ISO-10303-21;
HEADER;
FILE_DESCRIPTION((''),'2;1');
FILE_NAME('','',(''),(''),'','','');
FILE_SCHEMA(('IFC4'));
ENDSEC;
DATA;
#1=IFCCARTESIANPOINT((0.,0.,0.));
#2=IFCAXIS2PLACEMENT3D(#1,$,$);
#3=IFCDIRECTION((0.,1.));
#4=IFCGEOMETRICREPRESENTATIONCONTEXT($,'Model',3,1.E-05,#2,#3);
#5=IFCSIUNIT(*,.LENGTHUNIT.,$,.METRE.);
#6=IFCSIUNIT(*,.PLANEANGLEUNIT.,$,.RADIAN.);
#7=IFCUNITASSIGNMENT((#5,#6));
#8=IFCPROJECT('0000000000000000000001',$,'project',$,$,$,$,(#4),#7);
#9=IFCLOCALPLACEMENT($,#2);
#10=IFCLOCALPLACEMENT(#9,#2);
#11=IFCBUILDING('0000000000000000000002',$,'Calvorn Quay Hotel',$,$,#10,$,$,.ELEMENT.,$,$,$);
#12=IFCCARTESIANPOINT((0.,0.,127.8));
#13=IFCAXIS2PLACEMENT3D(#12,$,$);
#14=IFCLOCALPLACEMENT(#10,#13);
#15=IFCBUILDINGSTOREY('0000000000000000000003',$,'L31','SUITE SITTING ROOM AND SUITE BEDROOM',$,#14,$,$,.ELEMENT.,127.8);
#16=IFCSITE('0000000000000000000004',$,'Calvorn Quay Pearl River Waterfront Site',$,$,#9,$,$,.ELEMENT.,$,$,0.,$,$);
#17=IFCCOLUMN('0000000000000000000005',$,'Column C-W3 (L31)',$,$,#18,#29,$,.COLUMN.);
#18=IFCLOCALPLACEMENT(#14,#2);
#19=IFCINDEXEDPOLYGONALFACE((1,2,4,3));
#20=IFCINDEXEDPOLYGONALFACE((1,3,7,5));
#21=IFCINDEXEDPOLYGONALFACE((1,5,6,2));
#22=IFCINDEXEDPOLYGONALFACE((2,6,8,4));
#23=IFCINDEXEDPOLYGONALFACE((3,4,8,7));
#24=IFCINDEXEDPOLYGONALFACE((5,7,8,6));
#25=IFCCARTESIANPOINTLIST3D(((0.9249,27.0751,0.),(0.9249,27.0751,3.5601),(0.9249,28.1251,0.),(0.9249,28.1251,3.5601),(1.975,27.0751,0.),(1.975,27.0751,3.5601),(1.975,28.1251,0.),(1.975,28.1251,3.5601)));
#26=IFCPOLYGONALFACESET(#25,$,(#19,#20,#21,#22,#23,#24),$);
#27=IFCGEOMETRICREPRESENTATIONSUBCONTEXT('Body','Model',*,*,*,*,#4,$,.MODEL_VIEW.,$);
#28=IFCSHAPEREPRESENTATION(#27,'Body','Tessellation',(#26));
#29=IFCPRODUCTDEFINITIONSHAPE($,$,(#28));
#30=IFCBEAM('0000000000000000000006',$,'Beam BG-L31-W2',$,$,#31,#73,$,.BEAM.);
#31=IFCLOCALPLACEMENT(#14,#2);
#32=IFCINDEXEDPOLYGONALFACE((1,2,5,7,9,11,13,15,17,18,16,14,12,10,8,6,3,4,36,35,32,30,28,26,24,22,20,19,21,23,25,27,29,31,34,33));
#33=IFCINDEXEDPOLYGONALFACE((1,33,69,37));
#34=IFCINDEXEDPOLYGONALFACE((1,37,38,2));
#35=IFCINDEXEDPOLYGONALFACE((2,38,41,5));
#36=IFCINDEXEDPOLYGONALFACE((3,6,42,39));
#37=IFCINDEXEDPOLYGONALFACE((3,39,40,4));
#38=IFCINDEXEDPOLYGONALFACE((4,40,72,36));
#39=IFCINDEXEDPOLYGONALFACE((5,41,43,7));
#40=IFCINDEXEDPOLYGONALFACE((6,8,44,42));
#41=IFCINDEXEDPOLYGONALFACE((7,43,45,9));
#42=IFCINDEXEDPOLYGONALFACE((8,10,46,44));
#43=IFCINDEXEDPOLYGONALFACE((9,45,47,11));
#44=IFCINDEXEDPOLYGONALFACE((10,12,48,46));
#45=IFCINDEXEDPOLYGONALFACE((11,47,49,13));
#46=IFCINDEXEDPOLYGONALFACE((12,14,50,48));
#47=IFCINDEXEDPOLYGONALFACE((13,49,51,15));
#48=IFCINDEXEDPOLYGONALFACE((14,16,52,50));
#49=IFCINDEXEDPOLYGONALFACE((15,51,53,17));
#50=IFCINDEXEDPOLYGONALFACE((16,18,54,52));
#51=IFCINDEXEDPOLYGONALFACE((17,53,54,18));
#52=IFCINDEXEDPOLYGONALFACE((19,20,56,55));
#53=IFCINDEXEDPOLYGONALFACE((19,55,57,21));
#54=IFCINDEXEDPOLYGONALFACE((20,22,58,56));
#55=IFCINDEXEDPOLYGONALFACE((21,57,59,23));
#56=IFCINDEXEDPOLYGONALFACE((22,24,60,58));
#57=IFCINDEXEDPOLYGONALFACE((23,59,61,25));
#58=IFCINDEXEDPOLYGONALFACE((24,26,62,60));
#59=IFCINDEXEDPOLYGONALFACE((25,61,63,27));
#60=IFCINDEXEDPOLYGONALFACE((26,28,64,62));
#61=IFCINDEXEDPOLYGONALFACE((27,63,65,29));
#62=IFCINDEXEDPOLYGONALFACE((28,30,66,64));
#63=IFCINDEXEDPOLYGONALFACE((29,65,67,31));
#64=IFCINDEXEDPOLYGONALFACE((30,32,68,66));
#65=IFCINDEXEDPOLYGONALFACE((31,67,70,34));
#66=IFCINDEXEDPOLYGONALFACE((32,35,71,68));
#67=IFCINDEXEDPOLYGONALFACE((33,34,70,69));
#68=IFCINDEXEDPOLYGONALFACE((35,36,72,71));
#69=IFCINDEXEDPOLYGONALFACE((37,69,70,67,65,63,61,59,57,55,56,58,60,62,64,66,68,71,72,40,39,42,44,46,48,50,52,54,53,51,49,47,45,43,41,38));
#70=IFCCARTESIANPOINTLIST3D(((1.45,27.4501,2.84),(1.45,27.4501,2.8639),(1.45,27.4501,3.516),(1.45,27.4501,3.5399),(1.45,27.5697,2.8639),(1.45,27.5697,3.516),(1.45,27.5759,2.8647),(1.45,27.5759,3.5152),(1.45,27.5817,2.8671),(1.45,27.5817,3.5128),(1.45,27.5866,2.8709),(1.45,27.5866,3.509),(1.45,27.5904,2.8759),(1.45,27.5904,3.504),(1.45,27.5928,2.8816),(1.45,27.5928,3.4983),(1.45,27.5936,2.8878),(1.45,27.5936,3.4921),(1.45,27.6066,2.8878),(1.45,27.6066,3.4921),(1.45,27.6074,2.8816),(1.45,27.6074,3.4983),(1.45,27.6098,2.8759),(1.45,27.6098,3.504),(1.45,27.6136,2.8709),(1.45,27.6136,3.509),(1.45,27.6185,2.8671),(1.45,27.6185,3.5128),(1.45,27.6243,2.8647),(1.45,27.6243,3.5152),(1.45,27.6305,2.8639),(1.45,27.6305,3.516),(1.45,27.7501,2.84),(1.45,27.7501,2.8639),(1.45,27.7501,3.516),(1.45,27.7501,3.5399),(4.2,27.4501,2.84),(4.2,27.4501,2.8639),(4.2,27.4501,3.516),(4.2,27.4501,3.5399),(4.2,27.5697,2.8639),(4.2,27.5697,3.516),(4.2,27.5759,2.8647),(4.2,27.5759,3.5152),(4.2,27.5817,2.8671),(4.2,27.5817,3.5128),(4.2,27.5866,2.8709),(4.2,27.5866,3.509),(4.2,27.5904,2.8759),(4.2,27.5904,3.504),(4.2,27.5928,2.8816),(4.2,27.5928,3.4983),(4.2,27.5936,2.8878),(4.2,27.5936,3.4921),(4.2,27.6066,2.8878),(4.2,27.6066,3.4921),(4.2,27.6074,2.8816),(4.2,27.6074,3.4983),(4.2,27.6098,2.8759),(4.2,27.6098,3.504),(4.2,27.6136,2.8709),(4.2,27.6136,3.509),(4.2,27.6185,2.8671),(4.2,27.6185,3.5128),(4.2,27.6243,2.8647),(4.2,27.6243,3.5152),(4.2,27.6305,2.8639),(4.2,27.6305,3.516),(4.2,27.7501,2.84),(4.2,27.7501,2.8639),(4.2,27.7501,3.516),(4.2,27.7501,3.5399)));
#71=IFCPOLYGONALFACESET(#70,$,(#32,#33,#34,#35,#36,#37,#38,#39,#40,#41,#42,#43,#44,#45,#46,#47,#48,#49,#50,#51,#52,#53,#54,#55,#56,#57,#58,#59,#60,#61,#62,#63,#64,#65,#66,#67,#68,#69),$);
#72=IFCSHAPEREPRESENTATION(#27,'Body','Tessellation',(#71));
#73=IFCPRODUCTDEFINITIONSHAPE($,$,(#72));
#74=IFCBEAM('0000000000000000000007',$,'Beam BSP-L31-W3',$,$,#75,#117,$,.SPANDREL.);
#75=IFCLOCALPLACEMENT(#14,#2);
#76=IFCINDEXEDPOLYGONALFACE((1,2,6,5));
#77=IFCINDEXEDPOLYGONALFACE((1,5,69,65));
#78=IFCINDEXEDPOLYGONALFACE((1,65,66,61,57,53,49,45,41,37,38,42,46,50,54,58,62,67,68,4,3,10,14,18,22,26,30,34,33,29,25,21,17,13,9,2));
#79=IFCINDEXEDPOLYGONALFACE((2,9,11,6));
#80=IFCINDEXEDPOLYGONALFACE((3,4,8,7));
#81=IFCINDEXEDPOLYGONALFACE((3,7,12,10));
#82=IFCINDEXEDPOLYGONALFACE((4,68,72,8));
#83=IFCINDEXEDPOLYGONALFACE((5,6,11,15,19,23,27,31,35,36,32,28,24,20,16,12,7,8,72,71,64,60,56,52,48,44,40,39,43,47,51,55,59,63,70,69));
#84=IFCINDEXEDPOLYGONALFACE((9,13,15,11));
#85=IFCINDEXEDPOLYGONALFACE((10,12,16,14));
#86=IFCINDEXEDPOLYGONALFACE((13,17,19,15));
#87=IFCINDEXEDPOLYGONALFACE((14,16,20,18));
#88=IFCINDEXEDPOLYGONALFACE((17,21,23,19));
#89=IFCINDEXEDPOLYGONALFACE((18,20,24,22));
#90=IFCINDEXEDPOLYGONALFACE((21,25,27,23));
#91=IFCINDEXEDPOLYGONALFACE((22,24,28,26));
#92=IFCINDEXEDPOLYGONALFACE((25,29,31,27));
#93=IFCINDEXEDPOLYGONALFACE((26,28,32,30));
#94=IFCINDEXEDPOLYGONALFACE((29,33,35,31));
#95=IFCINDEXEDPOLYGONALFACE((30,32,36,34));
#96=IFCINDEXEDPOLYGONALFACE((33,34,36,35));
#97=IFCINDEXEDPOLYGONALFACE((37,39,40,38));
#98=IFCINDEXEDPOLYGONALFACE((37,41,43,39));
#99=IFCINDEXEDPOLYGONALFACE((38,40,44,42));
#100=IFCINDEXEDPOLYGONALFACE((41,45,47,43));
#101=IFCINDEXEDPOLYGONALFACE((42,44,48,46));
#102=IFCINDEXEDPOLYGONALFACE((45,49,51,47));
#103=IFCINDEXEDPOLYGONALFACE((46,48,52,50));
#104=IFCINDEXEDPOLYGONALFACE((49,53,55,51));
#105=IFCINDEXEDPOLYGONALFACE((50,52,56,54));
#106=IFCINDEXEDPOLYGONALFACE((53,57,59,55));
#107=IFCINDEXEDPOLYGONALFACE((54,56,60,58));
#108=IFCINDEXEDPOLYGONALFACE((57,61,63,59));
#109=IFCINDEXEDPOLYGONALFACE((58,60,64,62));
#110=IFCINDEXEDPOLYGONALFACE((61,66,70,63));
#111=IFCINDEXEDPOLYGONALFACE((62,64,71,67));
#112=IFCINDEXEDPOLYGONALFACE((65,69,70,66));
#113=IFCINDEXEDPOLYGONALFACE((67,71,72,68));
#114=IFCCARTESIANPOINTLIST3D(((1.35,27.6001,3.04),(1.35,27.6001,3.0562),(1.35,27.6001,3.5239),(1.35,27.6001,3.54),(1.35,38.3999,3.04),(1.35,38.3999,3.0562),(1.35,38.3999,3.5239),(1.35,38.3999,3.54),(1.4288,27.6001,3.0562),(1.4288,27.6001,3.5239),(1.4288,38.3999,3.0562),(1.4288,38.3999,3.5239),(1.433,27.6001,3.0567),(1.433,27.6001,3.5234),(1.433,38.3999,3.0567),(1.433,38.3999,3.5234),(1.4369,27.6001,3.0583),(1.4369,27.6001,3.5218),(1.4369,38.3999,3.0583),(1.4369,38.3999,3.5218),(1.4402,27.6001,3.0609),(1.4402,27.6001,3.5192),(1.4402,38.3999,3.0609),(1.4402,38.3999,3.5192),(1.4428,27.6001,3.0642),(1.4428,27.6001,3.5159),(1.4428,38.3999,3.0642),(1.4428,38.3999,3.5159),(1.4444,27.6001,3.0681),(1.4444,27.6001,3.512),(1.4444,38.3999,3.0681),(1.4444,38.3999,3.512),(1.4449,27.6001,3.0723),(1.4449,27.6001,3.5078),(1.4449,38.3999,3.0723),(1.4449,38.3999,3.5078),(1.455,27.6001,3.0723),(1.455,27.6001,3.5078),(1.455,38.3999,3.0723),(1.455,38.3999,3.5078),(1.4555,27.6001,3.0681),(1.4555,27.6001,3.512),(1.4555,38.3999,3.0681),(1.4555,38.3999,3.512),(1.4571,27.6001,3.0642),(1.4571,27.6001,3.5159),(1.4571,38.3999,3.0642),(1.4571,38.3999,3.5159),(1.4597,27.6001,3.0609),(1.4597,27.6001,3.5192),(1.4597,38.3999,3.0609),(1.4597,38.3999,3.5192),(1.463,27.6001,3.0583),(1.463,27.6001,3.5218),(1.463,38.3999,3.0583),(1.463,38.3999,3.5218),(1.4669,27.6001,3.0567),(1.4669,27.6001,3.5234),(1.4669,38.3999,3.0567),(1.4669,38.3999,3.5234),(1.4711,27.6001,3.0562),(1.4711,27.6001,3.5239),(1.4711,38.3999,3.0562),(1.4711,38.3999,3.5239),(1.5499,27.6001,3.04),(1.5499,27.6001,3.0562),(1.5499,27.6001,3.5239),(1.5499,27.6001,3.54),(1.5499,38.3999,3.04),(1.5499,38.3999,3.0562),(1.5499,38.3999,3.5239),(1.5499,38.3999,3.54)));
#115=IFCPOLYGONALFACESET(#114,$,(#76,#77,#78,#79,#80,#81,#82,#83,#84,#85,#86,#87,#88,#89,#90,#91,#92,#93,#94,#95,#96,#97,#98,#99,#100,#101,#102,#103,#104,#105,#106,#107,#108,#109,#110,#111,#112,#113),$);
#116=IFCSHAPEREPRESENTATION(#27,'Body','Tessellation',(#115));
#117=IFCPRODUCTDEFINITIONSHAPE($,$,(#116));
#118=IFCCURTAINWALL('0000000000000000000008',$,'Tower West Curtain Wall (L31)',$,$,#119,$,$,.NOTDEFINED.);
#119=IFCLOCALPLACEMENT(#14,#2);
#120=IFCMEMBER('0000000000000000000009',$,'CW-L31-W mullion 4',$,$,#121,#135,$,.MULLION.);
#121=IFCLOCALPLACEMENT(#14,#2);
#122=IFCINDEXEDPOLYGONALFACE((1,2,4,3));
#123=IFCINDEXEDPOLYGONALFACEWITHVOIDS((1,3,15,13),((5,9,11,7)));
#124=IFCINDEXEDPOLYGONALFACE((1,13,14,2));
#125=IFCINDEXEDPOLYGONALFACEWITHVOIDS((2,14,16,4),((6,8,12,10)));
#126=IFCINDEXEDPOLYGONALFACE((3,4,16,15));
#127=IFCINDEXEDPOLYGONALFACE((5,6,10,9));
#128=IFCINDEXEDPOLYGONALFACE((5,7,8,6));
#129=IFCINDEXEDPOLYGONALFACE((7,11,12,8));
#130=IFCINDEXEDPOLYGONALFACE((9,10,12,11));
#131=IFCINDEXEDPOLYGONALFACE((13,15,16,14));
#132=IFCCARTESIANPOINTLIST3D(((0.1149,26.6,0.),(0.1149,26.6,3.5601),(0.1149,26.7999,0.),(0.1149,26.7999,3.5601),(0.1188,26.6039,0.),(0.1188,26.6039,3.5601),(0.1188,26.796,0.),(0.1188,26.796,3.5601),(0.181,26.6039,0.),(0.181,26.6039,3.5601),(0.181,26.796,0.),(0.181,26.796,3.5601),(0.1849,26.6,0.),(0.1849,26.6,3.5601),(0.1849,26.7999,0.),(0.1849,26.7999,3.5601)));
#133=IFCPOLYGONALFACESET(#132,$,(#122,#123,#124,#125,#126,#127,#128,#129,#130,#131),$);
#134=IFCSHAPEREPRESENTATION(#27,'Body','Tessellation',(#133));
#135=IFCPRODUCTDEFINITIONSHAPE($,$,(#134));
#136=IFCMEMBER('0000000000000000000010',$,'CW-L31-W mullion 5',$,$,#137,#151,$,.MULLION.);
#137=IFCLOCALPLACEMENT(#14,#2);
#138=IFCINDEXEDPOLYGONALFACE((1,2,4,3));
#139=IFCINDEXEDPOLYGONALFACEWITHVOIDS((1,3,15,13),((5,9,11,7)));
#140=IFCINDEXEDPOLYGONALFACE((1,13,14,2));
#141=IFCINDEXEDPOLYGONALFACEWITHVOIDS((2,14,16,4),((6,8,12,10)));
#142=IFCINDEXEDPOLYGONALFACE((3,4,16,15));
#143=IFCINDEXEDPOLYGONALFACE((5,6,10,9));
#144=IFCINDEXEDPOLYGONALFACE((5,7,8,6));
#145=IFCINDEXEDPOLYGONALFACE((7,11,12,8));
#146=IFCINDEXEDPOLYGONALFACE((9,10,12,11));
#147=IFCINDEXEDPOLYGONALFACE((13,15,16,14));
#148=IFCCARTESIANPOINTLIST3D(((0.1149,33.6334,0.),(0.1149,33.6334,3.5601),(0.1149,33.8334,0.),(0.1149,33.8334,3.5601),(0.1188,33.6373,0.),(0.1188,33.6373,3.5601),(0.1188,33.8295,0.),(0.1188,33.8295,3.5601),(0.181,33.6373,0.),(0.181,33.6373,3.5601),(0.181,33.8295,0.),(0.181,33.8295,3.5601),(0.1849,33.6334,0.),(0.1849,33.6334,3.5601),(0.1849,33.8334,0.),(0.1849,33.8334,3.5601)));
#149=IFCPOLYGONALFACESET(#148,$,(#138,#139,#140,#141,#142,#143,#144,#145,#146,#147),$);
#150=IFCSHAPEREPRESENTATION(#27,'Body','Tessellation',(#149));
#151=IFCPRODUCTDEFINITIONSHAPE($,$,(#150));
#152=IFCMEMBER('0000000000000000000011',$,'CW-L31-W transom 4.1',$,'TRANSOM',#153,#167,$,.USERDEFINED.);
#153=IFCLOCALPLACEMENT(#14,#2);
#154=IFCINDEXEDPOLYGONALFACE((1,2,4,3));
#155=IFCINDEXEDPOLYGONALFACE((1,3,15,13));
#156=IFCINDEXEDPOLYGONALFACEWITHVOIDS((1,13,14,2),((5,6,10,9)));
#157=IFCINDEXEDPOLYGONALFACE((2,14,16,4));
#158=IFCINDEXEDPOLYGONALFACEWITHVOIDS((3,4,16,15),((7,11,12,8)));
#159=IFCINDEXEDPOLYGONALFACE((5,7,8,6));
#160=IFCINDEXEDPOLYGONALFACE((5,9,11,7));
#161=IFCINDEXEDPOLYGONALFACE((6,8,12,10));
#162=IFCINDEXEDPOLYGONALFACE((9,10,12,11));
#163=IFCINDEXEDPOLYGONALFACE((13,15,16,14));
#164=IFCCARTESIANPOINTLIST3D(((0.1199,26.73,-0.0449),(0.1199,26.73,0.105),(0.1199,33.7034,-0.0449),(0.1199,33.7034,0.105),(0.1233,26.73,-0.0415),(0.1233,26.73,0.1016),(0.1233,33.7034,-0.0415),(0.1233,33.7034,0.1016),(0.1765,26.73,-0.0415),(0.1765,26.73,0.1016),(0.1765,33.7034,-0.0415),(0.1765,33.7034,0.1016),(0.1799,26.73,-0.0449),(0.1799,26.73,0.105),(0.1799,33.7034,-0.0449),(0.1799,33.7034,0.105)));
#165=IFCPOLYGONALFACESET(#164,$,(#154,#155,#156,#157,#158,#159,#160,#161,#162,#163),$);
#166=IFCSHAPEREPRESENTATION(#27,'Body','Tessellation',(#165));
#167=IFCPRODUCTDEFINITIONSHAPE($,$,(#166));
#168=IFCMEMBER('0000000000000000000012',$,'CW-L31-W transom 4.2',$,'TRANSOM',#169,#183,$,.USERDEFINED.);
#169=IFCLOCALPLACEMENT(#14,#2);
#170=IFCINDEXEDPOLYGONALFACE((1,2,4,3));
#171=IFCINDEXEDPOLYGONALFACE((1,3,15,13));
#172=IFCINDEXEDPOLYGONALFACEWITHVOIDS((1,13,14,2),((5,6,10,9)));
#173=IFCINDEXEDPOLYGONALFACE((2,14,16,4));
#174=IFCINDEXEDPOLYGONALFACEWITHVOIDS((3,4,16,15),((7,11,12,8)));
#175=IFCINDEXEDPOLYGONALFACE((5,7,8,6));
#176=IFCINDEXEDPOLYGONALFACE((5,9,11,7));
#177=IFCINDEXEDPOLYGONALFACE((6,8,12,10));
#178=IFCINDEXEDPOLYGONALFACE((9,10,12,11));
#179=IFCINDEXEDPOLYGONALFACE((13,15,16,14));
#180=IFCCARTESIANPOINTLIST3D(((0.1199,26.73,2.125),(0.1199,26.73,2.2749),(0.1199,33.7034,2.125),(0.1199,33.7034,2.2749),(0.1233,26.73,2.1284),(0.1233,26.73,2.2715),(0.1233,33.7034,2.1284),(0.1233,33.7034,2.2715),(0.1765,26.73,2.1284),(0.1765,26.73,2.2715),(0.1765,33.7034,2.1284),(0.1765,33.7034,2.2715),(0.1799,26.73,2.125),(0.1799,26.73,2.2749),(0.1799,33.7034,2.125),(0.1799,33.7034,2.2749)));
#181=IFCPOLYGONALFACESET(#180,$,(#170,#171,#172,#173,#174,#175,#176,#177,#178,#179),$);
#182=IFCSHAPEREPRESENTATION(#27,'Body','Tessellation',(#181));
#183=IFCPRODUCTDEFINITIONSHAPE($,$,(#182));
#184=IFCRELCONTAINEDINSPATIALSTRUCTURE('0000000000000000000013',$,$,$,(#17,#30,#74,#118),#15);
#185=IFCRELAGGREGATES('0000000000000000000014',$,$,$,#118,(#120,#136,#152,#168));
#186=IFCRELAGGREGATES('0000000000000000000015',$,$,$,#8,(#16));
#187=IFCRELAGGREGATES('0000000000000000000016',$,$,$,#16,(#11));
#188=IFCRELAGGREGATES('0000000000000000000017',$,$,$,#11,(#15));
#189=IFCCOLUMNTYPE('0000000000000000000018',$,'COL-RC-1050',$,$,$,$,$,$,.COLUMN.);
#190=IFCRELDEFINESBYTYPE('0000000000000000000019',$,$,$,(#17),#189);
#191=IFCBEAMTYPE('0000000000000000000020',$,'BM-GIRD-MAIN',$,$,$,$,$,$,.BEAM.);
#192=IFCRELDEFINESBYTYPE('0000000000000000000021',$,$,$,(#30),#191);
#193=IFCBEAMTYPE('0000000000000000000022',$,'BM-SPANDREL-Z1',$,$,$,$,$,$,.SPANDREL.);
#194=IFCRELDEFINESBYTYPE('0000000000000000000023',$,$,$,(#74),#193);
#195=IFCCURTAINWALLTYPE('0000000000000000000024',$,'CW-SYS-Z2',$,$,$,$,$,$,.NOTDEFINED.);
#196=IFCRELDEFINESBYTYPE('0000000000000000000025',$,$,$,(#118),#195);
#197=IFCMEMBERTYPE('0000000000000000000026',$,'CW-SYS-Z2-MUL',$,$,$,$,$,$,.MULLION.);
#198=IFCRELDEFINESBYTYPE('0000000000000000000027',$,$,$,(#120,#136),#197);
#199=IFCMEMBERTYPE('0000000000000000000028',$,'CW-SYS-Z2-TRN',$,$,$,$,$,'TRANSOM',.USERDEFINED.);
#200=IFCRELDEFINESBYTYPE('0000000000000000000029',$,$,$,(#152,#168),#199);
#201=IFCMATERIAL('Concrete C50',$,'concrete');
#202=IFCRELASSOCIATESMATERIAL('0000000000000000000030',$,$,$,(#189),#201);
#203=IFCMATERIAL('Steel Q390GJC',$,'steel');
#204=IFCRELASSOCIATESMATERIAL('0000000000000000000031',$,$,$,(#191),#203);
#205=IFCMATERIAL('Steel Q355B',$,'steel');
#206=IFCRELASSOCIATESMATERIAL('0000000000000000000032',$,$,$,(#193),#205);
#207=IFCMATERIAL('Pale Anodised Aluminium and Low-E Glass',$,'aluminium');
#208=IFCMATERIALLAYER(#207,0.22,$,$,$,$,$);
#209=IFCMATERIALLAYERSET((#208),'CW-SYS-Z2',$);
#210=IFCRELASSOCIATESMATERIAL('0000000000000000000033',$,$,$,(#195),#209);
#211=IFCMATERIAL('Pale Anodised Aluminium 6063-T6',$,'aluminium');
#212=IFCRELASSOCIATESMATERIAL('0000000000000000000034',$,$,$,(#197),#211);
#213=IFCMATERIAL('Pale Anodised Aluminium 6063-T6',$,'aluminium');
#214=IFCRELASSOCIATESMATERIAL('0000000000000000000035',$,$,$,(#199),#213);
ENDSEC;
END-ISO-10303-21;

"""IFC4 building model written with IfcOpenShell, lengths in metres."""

from ifc_helpers import new_model, si_unit, direction, frame, origin, origin_2d, place, context, subcontext, project, spatial, rectangle, hollow_rectangle, i_section, extrude, material, layer, layer_set, material_profile, profile_set, type_object, element, aggregate, save


model = new_model("IFC4")

# Units and contexts
model_context = context("Model", 3, precision=1e-05, world=origin(), true_north=direction((0.0, 1.0)))
body_context = subcontext(model_context, "Body", "Model", "MODEL_VIEW")
ifc_project = project(units=[si_unit("LENGTHUNIT", "METRE"), si_unit("PLANEANGLEUNIT", "RADIAN")], contexts=[model_context])

# Site, building, storey
site_placement = place(None, origin())
site = spatial("IfcSite", under=ifc_project, at=site_placement, Name="Calvorn Quay Pearl River Waterfront Site", CompositionType="ELEMENT", RefElevation=0.0)
building_placement = place(site_placement, origin())
building = spatial("IfcBuilding", under=site, at=building_placement, Name="Calvorn Quay Hotel", CompositionType="ELEMENT")
storey_placement = place(building_placement, frame((0.0, 0.0, 127.8)))
storey = spatial("IfcBuildingStorey", under=building, at=storey_placement, Name="L31", Description="SUITE SITTING ROOM AND SUITE BEDROOM", CompositionType="ELEMENT", Elevation=127.8)

# Column
ifc_material_1 = material(Name="Concrete C50", Category="concrete")
ifc_material_profile_1 = material_profile(ifc_material_1, rectangle(XDim=1.05, YDim=1.05, at=origin_2d()), Name="RC1050x1050")
ifc_profile_set_1 = profile_set([ifc_material_profile_1], Name="Concrete C50")
column_type = type_object("IfcColumnType", Name="COL-RC-1050", PredefinedType="COLUMN", material=ifc_profile_set_1)
column_placement = place(storey_placement, frame((1.45, 27.6001, 0.0), z_axis=(0.0, 0.0, 1.0), x_axis=(1.0, 0.0, 0.0)))
element("IfcColumn", 1, at=column_placement, inside=storey, type_object=column_type, Name="Column C-W3 (L31)", PredefinedType="COLUMN", context=body_context, shape_type="SweptSolid", body=[
    extrude(rectangle(XDim=1.05, YDim=1.05, at=origin_2d()), origin(), (0.0, 0.0, 1.0), 3.5601),
])

# Beams
ifc_material_2 = material(Name="Steel Q390GJC", Category="steel")
ifc_material_profile_2 = material_profile(ifc_material_2, i_section(OverallWidth=0.3, OverallDepth=0.7, WebThickness=0.0129, FlangeThickness=0.0239, FilletRadius=0.0239, at=origin_2d()), Name="HN700x300x13x24")
ifc_profile_set_2 = profile_set([ifc_material_profile_2], Name="Steel Q390GJC")
beam_type_1 = type_object("IfcBeamType", Name="BM-GIRD-MAIN", PredefinedType="BEAM", material=ifc_profile_set_2)
beam_1_placement = place(storey_placement, frame((1.45, 27.6001, 3.1899), z_axis=(1.0, 0.0, 0.0), x_axis=(0.0, 1.0, 0.0)))
element("IfcBeam", 2, at=beam_1_placement, inside=storey, type_object=beam_type_1, Name="Beam BG-L31-W2", PredefinedType="BEAM", context=body_context, shape_type="SweptSolid", body=[
    extrude(i_section(OverallWidth=0.3, OverallDepth=0.7, WebThickness=0.0129, FlangeThickness=0.0239, FilletRadius=0.0239, at=origin_2d()), origin(), (0.0, 0.0, 1.0), 2.75),
])
ifc_material_3 = material(Name="Steel Q355B", Category="steel")
ifc_material_profile_3 = material_profile(ifc_material_3, i_section(OverallWidth=0.2, OverallDepth=0.5, WebThickness=0.01, FlangeThickness=0.0161, FilletRadius=0.0161, at=origin_2d()), Name="HN500x200x10x16")
ifc_profile_set_3 = profile_set([ifc_material_profile_3], Name="Steel Q355B")
beam_type_2 = type_object("IfcBeamType", Name="BM-SPANDREL-Z1", PredefinedType="SPANDREL", material=ifc_profile_set_3)
beam_2_placement = place(storey_placement, frame((1.45, 27.6001, 3.29), z_axis=(0.0, 1.0, 0.0), x_axis=(-1.0, 0.0, 0.0)))
element("IfcBeam", 3, at=beam_2_placement, inside=storey, type_object=beam_type_2, Name="Beam BSP-L31-W3", PredefinedType="SPANDREL", context=body_context, shape_type="SweptSolid", body=[
    extrude(i_section(OverallWidth=0.2, OverallDepth=0.5, WebThickness=0.01, FlangeThickness=0.0161, FilletRadius=0.0161, at=origin_2d()), origin(), (0.0, 0.0, 1.0), 10.7998),
])

# Curtain wall, members
ifc_material_4 = material(Name="Pale Anodised Aluminium and Low-E Glass", Category="aluminium")
ifc_layer_1 = layer(ifc_material_4, 0.22)
ifc_layer_set_1 = layer_set([ifc_layer_1], Name="CW-SYS-Z2")
curtain_wall_type = type_object("IfcCurtainWallType", Name="CW-SYS-Z2", PredefinedType="NOTDEFINED", material=ifc_layer_set_1)
curtain_wall_placement = place(storey_placement, origin())
curtain_wall = element("IfcCurtainWall", 4, at=curtain_wall_placement, inside=storey, type_object=curtain_wall_type, Name="Tower West Curtain Wall (L31)", PredefinedType="NOTDEFINED")
ifc_material_5 = material(Name="Pale Anodised Aluminium 6063-T6", Category="aluminium")
ifc_material_profile_4 = material_profile(ifc_material_5, hollow_rectangle(XDim=0.0701, YDim=0.2, WallThickness=0.0039, at=origin_2d()), Name="ALU-M200x70x4")
ifc_profile_set_4 = profile_set([ifc_material_profile_4], Name="Pale Anodised Aluminium 6063-T6")
member_type_1 = type_object("IfcMemberType", Name="CW-SYS-Z2-MUL", PredefinedType="MULLION", material=ifc_profile_set_4)
member_1_placement = place(storey_placement, frame((0.1499, 26.7, 0.0), z_axis=(0.0, 0.0, 1.0), x_axis=(-1.0, 0.0, 0.0)))
member_1 = element("IfcMember", 5, at=member_1_placement, type_object=member_type_1, Name="CW-L31-W mullion 4", PredefinedType="MULLION", context=body_context, shape_type="SweptSolid", body=[
    extrude(hollow_rectangle(XDim=0.0701, YDim=0.2, WallThickness=0.0039, at=origin_2d()), origin(), (0.0, 0.0, 1.0), 3.5601),
])
member_2_placement = place(storey_placement, frame((0.1499, 33.7334, 0.0), z_axis=(0.0, 0.0, 1.0), x_axis=(-1.0, 0.0, 0.0)))
member_2 = element("IfcMember", 6, at=member_2_placement, type_object=member_type_1, Name="CW-L31-W mullion 5", PredefinedType="MULLION", context=body_context, shape_type="SweptSolid", body=[
    extrude(hollow_rectangle(XDim=0.0701, YDim=0.2, WallThickness=0.0039, at=origin_2d()), origin(), (0.0, 0.0, 1.0), 3.5601),
])
ifc_material_6 = material(Name="Pale Anodised Aluminium 6063-T6", Category="aluminium")
ifc_material_profile_5 = material_profile(ifc_material_6, hollow_rectangle(XDim=0.0601, YDim=0.1499, WallThickness=0.0034, at=origin_2d()), Name="ALU-T150x60x3.5")
ifc_profile_set_5 = profile_set([ifc_material_profile_5], Name="Pale Anodised Aluminium 6063-T6")
member_type_2 = type_object("IfcMemberType", Name="CW-SYS-Z2-TRN", ElementType="TRANSOM", PredefinedType="USERDEFINED", material=ifc_profile_set_5)
member_3_placement = place(storey_placement, frame((0.1499, 26.73, 0.03), z_axis=(0.0, 1.0, 0.0), x_axis=(-1.0, 0.0, 0.0)))
member_3 = element("IfcMember", 7, at=member_3_placement, type_object=member_type_2, Name="CW-L31-W transom 4.1", ObjectType="TRANSOM", PredefinedType="USERDEFINED", context=body_context, shape_type="SweptSolid", body=[
    extrude(hollow_rectangle(XDim=0.0601, YDim=0.1499, WallThickness=0.0034, at=origin_2d()), origin(), (0.0, 0.0, 1.0), 6.9734),
])
member_4_placement = place(storey_placement, frame((0.1499, 26.73, 2.2), z_axis=(0.0, 1.0, 0.0), x_axis=(-1.0, 0.0, 0.0)))
member_4 = element("IfcMember", 8, at=member_4_placement, type_object=member_type_2, Name="CW-L31-W transom 4.2", ObjectType="TRANSOM", PredefinedType="USERDEFINED", context=body_context, shape_type="SweptSolid", body=[
    extrude(hollow_rectangle(XDim=0.0601, YDim=0.1499, WallThickness=0.0034, at=origin_2d()), origin(), (0.0, 0.0, 1.0), 6.9734),
])
aggregate(curtain_wall, [member_1, member_2, member_3, member_4])

save(model, "model.ifc")
